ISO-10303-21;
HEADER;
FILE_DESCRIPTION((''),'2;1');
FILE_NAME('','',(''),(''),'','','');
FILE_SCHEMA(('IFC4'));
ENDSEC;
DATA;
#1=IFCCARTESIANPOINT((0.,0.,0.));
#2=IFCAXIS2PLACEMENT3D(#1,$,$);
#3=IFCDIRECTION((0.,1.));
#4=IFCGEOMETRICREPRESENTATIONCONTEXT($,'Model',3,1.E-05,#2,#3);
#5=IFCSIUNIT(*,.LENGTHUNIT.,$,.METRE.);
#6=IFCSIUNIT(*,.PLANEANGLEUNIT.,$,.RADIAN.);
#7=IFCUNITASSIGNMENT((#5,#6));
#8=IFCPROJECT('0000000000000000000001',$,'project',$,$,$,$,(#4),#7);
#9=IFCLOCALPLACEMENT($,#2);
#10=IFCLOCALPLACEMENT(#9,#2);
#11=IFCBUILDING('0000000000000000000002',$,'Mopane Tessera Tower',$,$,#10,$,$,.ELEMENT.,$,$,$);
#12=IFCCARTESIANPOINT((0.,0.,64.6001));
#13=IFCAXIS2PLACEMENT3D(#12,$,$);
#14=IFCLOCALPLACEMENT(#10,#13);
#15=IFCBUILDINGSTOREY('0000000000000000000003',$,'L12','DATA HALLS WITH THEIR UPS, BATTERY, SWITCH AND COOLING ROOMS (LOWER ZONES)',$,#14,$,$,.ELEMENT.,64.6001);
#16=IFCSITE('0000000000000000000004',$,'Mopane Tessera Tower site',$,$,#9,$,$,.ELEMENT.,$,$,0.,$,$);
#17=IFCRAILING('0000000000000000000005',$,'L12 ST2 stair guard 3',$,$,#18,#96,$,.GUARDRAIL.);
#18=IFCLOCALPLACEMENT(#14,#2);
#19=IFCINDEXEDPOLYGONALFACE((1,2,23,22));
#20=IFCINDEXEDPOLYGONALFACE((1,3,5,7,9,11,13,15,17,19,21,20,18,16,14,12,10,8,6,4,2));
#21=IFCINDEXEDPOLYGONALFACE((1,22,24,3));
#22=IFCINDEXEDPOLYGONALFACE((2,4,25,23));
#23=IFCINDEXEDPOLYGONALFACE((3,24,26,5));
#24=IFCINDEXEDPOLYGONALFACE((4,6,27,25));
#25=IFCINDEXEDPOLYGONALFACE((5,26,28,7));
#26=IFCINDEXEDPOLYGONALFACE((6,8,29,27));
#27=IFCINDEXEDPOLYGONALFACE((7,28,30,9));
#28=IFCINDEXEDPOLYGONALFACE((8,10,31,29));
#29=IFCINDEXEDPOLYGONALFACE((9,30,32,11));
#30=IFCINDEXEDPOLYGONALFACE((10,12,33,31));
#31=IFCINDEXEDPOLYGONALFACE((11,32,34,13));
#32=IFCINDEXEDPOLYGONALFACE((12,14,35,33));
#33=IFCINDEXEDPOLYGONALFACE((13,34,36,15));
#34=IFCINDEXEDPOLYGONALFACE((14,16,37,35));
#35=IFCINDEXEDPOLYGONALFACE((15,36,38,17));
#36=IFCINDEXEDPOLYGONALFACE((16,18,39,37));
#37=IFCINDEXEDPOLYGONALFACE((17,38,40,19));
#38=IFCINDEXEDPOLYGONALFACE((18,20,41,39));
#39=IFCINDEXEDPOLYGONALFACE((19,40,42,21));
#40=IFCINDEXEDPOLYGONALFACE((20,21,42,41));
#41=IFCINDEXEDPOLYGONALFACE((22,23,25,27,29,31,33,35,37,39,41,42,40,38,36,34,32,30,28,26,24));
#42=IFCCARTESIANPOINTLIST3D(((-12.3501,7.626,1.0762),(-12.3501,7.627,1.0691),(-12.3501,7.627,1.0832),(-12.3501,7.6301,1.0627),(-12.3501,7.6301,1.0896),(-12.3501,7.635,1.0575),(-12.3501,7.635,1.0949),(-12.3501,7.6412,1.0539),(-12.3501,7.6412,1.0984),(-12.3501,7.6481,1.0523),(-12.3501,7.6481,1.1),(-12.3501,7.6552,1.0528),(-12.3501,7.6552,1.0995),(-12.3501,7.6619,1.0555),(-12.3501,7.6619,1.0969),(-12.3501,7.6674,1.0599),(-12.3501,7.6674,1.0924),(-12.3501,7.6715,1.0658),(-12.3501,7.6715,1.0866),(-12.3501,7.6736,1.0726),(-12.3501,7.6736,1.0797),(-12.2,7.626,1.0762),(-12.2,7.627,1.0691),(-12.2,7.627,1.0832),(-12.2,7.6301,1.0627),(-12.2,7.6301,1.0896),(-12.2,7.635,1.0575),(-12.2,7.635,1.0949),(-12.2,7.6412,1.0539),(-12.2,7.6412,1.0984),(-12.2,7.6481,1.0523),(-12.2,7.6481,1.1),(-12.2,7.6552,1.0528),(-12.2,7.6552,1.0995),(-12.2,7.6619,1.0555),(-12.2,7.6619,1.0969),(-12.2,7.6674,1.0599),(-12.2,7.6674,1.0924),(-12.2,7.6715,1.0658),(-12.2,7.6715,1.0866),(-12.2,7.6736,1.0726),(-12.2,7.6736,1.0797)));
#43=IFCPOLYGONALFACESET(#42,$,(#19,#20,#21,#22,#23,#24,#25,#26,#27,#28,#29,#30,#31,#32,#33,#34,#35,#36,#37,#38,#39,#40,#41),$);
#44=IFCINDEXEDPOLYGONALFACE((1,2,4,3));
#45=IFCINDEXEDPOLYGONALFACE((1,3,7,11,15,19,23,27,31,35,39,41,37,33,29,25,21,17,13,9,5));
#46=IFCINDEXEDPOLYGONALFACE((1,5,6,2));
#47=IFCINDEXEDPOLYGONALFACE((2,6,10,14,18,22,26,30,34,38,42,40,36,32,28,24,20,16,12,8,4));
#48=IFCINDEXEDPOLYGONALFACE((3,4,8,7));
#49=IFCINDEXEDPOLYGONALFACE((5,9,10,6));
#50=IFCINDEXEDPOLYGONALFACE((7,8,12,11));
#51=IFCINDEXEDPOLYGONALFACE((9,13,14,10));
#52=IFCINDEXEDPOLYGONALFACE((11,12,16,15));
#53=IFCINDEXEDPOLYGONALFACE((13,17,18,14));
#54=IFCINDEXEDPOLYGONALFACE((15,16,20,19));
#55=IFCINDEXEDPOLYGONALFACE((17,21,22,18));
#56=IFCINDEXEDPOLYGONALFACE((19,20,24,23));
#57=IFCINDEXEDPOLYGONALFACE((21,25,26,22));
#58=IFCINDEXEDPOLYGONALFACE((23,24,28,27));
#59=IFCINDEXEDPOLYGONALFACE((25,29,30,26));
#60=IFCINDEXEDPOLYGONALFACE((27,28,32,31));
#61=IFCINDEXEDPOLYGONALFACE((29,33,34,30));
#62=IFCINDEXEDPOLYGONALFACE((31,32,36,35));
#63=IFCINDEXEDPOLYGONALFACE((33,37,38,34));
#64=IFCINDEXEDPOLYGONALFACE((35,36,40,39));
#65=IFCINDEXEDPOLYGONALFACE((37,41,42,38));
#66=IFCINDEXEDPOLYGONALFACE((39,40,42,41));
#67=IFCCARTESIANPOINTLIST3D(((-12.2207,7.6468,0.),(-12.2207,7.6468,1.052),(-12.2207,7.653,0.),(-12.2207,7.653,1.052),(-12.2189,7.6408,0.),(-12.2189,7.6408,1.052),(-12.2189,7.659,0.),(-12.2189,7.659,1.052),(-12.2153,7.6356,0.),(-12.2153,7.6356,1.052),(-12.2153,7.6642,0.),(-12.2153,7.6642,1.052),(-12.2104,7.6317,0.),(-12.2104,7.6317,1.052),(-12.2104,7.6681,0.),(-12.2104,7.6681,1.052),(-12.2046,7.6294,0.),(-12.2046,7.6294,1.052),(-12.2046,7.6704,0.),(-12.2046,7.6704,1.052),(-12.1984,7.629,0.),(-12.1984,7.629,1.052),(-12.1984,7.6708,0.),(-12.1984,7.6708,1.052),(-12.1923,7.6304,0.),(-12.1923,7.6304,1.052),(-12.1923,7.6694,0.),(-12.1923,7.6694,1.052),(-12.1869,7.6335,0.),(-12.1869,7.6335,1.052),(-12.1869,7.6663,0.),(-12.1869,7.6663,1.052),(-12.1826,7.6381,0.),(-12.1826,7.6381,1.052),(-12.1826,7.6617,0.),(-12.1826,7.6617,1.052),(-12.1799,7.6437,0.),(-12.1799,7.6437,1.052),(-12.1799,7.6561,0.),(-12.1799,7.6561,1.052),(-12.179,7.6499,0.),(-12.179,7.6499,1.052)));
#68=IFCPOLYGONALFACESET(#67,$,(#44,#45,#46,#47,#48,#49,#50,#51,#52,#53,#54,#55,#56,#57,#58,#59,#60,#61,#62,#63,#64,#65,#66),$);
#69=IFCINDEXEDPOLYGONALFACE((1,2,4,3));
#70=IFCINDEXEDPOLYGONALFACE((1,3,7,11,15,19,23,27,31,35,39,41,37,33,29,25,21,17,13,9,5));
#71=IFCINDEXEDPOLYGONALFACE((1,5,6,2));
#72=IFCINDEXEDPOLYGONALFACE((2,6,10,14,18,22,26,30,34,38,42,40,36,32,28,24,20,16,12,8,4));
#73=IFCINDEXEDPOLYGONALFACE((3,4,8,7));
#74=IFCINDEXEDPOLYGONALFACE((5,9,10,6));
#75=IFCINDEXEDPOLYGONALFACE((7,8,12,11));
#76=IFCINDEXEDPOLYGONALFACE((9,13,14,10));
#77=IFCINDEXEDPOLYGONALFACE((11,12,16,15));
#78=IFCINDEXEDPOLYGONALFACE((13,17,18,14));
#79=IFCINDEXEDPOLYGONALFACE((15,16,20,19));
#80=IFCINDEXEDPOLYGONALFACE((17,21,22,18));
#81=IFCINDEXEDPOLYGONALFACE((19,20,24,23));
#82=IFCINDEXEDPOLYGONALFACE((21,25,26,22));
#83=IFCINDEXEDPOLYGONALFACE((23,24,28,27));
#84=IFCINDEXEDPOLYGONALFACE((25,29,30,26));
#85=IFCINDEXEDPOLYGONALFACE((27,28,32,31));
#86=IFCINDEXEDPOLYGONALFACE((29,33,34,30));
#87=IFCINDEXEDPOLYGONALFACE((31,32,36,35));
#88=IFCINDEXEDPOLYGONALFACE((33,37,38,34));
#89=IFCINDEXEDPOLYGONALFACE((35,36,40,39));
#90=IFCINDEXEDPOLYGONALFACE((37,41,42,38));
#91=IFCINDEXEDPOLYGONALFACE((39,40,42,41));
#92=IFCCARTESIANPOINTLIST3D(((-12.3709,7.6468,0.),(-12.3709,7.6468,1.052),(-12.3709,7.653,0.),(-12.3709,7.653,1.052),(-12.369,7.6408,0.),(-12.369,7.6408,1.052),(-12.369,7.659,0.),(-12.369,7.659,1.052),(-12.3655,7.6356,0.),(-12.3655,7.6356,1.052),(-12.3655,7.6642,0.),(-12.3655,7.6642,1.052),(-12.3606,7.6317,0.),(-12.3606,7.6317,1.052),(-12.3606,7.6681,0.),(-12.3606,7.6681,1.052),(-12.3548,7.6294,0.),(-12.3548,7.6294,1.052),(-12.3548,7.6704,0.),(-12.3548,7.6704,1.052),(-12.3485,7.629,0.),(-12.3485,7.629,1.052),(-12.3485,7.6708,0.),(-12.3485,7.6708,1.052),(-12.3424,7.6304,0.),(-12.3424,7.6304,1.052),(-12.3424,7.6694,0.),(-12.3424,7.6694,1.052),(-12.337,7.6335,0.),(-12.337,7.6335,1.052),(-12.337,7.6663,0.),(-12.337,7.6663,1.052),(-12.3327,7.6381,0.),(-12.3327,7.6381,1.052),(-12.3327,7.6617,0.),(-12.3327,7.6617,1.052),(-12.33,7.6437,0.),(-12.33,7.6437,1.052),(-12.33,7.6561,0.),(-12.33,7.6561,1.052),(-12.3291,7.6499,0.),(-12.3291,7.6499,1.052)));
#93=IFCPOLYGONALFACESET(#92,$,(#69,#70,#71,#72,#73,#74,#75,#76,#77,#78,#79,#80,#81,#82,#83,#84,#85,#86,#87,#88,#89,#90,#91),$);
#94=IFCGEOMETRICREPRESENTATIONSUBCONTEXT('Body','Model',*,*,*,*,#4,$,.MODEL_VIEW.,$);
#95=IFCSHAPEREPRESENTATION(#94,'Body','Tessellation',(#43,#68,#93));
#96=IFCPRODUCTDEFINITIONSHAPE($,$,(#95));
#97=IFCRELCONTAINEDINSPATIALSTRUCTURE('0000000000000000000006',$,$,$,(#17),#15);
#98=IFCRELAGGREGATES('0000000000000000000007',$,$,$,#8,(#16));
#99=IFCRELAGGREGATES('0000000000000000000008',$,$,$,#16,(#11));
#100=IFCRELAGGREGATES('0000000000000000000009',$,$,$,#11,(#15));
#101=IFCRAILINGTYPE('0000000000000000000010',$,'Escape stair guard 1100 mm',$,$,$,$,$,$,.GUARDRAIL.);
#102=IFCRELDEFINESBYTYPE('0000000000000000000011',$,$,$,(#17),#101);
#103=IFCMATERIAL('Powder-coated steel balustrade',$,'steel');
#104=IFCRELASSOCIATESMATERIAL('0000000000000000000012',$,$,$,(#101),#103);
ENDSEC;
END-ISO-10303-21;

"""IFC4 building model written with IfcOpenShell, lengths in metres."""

from ifc_helpers import new_model, si_unit, direction, frame, origin, origin_2d, place, context, subcontext, project, spatial, circle, extrude, material, type_object, element, save


model = new_model("IFC4")

# Units and contexts
model_context = context("Model", 3, precision=1e-05, world=origin(), true_north=direction((0.0, 1.0)))
body_context = subcontext(model_context, "Body", "Model", "MODEL_VIEW")
ifc_project = project(units=[si_unit("LENGTHUNIT", "METRE"), si_unit("PLANEANGLEUNIT", "RADIAN")], contexts=[model_context])

# Site, building, storey
site_placement = place(None, origin())
site = spatial("IfcSite", under=ifc_project, at=site_placement, Name="Mopane Tessera Tower site", CompositionType="ELEMENT", RefElevation=0.0)
building_placement = place(site_placement, origin())
building = spatial("IfcBuilding", under=site, at=building_placement, Name="Mopane Tessera Tower", CompositionType="ELEMENT")
storey_placement = place(building_placement, frame((0.0, 0.0, 64.6001)))
storey = spatial("IfcBuildingStorey", under=building, at=storey_placement, Name="L12", Description="DATA HALLS WITH THEIR UPS, BATTERY, SWITCH AND COOLING ROOMS (LOWER ZONES)", CompositionType="ELEMENT", Elevation=64.6001)

# Railing
ifc_material_1 = material(Name="Powder-coated steel balustrade", Category="steel")
railing_type = type_object("IfcRailingType", Name="Escape stair guard 1100 mm", PredefinedType="GUARDRAIL", material=ifc_material_1)
railing_1_placement = place(storey_placement, frame((-12.2, 7.6499, 0.0)))
element("IfcRailing", 1, at=railing_1_placement, inside=storey, type_object=railing_type, Name="L12 ST2 stair guard 3", PredefinedType="GUARDRAIL", context=body_context, shape_type="SweptSolid", body=[
    extrude(circle(Radius=0.0239, at=origin_2d()), frame((0.0, 0.0, 1.0762), z_axis=(-1.0, 0.0, 0.0), x_axis=(0.0, -1.0, 0.0)), (0.0, 0.0, 1.0), 0.1501),
    extrude(circle(Radius=0.021, at=origin_2d()), origin(), (0.0, 0.0, 1.0), 1.052),
    extrude(circle(Radius=0.021, at=origin_2d()), frame((-0.1501, 0.0, 0.0)), (0.0, 0.0, 1.0), 1.052),
])

save(model, "model.ifc")
